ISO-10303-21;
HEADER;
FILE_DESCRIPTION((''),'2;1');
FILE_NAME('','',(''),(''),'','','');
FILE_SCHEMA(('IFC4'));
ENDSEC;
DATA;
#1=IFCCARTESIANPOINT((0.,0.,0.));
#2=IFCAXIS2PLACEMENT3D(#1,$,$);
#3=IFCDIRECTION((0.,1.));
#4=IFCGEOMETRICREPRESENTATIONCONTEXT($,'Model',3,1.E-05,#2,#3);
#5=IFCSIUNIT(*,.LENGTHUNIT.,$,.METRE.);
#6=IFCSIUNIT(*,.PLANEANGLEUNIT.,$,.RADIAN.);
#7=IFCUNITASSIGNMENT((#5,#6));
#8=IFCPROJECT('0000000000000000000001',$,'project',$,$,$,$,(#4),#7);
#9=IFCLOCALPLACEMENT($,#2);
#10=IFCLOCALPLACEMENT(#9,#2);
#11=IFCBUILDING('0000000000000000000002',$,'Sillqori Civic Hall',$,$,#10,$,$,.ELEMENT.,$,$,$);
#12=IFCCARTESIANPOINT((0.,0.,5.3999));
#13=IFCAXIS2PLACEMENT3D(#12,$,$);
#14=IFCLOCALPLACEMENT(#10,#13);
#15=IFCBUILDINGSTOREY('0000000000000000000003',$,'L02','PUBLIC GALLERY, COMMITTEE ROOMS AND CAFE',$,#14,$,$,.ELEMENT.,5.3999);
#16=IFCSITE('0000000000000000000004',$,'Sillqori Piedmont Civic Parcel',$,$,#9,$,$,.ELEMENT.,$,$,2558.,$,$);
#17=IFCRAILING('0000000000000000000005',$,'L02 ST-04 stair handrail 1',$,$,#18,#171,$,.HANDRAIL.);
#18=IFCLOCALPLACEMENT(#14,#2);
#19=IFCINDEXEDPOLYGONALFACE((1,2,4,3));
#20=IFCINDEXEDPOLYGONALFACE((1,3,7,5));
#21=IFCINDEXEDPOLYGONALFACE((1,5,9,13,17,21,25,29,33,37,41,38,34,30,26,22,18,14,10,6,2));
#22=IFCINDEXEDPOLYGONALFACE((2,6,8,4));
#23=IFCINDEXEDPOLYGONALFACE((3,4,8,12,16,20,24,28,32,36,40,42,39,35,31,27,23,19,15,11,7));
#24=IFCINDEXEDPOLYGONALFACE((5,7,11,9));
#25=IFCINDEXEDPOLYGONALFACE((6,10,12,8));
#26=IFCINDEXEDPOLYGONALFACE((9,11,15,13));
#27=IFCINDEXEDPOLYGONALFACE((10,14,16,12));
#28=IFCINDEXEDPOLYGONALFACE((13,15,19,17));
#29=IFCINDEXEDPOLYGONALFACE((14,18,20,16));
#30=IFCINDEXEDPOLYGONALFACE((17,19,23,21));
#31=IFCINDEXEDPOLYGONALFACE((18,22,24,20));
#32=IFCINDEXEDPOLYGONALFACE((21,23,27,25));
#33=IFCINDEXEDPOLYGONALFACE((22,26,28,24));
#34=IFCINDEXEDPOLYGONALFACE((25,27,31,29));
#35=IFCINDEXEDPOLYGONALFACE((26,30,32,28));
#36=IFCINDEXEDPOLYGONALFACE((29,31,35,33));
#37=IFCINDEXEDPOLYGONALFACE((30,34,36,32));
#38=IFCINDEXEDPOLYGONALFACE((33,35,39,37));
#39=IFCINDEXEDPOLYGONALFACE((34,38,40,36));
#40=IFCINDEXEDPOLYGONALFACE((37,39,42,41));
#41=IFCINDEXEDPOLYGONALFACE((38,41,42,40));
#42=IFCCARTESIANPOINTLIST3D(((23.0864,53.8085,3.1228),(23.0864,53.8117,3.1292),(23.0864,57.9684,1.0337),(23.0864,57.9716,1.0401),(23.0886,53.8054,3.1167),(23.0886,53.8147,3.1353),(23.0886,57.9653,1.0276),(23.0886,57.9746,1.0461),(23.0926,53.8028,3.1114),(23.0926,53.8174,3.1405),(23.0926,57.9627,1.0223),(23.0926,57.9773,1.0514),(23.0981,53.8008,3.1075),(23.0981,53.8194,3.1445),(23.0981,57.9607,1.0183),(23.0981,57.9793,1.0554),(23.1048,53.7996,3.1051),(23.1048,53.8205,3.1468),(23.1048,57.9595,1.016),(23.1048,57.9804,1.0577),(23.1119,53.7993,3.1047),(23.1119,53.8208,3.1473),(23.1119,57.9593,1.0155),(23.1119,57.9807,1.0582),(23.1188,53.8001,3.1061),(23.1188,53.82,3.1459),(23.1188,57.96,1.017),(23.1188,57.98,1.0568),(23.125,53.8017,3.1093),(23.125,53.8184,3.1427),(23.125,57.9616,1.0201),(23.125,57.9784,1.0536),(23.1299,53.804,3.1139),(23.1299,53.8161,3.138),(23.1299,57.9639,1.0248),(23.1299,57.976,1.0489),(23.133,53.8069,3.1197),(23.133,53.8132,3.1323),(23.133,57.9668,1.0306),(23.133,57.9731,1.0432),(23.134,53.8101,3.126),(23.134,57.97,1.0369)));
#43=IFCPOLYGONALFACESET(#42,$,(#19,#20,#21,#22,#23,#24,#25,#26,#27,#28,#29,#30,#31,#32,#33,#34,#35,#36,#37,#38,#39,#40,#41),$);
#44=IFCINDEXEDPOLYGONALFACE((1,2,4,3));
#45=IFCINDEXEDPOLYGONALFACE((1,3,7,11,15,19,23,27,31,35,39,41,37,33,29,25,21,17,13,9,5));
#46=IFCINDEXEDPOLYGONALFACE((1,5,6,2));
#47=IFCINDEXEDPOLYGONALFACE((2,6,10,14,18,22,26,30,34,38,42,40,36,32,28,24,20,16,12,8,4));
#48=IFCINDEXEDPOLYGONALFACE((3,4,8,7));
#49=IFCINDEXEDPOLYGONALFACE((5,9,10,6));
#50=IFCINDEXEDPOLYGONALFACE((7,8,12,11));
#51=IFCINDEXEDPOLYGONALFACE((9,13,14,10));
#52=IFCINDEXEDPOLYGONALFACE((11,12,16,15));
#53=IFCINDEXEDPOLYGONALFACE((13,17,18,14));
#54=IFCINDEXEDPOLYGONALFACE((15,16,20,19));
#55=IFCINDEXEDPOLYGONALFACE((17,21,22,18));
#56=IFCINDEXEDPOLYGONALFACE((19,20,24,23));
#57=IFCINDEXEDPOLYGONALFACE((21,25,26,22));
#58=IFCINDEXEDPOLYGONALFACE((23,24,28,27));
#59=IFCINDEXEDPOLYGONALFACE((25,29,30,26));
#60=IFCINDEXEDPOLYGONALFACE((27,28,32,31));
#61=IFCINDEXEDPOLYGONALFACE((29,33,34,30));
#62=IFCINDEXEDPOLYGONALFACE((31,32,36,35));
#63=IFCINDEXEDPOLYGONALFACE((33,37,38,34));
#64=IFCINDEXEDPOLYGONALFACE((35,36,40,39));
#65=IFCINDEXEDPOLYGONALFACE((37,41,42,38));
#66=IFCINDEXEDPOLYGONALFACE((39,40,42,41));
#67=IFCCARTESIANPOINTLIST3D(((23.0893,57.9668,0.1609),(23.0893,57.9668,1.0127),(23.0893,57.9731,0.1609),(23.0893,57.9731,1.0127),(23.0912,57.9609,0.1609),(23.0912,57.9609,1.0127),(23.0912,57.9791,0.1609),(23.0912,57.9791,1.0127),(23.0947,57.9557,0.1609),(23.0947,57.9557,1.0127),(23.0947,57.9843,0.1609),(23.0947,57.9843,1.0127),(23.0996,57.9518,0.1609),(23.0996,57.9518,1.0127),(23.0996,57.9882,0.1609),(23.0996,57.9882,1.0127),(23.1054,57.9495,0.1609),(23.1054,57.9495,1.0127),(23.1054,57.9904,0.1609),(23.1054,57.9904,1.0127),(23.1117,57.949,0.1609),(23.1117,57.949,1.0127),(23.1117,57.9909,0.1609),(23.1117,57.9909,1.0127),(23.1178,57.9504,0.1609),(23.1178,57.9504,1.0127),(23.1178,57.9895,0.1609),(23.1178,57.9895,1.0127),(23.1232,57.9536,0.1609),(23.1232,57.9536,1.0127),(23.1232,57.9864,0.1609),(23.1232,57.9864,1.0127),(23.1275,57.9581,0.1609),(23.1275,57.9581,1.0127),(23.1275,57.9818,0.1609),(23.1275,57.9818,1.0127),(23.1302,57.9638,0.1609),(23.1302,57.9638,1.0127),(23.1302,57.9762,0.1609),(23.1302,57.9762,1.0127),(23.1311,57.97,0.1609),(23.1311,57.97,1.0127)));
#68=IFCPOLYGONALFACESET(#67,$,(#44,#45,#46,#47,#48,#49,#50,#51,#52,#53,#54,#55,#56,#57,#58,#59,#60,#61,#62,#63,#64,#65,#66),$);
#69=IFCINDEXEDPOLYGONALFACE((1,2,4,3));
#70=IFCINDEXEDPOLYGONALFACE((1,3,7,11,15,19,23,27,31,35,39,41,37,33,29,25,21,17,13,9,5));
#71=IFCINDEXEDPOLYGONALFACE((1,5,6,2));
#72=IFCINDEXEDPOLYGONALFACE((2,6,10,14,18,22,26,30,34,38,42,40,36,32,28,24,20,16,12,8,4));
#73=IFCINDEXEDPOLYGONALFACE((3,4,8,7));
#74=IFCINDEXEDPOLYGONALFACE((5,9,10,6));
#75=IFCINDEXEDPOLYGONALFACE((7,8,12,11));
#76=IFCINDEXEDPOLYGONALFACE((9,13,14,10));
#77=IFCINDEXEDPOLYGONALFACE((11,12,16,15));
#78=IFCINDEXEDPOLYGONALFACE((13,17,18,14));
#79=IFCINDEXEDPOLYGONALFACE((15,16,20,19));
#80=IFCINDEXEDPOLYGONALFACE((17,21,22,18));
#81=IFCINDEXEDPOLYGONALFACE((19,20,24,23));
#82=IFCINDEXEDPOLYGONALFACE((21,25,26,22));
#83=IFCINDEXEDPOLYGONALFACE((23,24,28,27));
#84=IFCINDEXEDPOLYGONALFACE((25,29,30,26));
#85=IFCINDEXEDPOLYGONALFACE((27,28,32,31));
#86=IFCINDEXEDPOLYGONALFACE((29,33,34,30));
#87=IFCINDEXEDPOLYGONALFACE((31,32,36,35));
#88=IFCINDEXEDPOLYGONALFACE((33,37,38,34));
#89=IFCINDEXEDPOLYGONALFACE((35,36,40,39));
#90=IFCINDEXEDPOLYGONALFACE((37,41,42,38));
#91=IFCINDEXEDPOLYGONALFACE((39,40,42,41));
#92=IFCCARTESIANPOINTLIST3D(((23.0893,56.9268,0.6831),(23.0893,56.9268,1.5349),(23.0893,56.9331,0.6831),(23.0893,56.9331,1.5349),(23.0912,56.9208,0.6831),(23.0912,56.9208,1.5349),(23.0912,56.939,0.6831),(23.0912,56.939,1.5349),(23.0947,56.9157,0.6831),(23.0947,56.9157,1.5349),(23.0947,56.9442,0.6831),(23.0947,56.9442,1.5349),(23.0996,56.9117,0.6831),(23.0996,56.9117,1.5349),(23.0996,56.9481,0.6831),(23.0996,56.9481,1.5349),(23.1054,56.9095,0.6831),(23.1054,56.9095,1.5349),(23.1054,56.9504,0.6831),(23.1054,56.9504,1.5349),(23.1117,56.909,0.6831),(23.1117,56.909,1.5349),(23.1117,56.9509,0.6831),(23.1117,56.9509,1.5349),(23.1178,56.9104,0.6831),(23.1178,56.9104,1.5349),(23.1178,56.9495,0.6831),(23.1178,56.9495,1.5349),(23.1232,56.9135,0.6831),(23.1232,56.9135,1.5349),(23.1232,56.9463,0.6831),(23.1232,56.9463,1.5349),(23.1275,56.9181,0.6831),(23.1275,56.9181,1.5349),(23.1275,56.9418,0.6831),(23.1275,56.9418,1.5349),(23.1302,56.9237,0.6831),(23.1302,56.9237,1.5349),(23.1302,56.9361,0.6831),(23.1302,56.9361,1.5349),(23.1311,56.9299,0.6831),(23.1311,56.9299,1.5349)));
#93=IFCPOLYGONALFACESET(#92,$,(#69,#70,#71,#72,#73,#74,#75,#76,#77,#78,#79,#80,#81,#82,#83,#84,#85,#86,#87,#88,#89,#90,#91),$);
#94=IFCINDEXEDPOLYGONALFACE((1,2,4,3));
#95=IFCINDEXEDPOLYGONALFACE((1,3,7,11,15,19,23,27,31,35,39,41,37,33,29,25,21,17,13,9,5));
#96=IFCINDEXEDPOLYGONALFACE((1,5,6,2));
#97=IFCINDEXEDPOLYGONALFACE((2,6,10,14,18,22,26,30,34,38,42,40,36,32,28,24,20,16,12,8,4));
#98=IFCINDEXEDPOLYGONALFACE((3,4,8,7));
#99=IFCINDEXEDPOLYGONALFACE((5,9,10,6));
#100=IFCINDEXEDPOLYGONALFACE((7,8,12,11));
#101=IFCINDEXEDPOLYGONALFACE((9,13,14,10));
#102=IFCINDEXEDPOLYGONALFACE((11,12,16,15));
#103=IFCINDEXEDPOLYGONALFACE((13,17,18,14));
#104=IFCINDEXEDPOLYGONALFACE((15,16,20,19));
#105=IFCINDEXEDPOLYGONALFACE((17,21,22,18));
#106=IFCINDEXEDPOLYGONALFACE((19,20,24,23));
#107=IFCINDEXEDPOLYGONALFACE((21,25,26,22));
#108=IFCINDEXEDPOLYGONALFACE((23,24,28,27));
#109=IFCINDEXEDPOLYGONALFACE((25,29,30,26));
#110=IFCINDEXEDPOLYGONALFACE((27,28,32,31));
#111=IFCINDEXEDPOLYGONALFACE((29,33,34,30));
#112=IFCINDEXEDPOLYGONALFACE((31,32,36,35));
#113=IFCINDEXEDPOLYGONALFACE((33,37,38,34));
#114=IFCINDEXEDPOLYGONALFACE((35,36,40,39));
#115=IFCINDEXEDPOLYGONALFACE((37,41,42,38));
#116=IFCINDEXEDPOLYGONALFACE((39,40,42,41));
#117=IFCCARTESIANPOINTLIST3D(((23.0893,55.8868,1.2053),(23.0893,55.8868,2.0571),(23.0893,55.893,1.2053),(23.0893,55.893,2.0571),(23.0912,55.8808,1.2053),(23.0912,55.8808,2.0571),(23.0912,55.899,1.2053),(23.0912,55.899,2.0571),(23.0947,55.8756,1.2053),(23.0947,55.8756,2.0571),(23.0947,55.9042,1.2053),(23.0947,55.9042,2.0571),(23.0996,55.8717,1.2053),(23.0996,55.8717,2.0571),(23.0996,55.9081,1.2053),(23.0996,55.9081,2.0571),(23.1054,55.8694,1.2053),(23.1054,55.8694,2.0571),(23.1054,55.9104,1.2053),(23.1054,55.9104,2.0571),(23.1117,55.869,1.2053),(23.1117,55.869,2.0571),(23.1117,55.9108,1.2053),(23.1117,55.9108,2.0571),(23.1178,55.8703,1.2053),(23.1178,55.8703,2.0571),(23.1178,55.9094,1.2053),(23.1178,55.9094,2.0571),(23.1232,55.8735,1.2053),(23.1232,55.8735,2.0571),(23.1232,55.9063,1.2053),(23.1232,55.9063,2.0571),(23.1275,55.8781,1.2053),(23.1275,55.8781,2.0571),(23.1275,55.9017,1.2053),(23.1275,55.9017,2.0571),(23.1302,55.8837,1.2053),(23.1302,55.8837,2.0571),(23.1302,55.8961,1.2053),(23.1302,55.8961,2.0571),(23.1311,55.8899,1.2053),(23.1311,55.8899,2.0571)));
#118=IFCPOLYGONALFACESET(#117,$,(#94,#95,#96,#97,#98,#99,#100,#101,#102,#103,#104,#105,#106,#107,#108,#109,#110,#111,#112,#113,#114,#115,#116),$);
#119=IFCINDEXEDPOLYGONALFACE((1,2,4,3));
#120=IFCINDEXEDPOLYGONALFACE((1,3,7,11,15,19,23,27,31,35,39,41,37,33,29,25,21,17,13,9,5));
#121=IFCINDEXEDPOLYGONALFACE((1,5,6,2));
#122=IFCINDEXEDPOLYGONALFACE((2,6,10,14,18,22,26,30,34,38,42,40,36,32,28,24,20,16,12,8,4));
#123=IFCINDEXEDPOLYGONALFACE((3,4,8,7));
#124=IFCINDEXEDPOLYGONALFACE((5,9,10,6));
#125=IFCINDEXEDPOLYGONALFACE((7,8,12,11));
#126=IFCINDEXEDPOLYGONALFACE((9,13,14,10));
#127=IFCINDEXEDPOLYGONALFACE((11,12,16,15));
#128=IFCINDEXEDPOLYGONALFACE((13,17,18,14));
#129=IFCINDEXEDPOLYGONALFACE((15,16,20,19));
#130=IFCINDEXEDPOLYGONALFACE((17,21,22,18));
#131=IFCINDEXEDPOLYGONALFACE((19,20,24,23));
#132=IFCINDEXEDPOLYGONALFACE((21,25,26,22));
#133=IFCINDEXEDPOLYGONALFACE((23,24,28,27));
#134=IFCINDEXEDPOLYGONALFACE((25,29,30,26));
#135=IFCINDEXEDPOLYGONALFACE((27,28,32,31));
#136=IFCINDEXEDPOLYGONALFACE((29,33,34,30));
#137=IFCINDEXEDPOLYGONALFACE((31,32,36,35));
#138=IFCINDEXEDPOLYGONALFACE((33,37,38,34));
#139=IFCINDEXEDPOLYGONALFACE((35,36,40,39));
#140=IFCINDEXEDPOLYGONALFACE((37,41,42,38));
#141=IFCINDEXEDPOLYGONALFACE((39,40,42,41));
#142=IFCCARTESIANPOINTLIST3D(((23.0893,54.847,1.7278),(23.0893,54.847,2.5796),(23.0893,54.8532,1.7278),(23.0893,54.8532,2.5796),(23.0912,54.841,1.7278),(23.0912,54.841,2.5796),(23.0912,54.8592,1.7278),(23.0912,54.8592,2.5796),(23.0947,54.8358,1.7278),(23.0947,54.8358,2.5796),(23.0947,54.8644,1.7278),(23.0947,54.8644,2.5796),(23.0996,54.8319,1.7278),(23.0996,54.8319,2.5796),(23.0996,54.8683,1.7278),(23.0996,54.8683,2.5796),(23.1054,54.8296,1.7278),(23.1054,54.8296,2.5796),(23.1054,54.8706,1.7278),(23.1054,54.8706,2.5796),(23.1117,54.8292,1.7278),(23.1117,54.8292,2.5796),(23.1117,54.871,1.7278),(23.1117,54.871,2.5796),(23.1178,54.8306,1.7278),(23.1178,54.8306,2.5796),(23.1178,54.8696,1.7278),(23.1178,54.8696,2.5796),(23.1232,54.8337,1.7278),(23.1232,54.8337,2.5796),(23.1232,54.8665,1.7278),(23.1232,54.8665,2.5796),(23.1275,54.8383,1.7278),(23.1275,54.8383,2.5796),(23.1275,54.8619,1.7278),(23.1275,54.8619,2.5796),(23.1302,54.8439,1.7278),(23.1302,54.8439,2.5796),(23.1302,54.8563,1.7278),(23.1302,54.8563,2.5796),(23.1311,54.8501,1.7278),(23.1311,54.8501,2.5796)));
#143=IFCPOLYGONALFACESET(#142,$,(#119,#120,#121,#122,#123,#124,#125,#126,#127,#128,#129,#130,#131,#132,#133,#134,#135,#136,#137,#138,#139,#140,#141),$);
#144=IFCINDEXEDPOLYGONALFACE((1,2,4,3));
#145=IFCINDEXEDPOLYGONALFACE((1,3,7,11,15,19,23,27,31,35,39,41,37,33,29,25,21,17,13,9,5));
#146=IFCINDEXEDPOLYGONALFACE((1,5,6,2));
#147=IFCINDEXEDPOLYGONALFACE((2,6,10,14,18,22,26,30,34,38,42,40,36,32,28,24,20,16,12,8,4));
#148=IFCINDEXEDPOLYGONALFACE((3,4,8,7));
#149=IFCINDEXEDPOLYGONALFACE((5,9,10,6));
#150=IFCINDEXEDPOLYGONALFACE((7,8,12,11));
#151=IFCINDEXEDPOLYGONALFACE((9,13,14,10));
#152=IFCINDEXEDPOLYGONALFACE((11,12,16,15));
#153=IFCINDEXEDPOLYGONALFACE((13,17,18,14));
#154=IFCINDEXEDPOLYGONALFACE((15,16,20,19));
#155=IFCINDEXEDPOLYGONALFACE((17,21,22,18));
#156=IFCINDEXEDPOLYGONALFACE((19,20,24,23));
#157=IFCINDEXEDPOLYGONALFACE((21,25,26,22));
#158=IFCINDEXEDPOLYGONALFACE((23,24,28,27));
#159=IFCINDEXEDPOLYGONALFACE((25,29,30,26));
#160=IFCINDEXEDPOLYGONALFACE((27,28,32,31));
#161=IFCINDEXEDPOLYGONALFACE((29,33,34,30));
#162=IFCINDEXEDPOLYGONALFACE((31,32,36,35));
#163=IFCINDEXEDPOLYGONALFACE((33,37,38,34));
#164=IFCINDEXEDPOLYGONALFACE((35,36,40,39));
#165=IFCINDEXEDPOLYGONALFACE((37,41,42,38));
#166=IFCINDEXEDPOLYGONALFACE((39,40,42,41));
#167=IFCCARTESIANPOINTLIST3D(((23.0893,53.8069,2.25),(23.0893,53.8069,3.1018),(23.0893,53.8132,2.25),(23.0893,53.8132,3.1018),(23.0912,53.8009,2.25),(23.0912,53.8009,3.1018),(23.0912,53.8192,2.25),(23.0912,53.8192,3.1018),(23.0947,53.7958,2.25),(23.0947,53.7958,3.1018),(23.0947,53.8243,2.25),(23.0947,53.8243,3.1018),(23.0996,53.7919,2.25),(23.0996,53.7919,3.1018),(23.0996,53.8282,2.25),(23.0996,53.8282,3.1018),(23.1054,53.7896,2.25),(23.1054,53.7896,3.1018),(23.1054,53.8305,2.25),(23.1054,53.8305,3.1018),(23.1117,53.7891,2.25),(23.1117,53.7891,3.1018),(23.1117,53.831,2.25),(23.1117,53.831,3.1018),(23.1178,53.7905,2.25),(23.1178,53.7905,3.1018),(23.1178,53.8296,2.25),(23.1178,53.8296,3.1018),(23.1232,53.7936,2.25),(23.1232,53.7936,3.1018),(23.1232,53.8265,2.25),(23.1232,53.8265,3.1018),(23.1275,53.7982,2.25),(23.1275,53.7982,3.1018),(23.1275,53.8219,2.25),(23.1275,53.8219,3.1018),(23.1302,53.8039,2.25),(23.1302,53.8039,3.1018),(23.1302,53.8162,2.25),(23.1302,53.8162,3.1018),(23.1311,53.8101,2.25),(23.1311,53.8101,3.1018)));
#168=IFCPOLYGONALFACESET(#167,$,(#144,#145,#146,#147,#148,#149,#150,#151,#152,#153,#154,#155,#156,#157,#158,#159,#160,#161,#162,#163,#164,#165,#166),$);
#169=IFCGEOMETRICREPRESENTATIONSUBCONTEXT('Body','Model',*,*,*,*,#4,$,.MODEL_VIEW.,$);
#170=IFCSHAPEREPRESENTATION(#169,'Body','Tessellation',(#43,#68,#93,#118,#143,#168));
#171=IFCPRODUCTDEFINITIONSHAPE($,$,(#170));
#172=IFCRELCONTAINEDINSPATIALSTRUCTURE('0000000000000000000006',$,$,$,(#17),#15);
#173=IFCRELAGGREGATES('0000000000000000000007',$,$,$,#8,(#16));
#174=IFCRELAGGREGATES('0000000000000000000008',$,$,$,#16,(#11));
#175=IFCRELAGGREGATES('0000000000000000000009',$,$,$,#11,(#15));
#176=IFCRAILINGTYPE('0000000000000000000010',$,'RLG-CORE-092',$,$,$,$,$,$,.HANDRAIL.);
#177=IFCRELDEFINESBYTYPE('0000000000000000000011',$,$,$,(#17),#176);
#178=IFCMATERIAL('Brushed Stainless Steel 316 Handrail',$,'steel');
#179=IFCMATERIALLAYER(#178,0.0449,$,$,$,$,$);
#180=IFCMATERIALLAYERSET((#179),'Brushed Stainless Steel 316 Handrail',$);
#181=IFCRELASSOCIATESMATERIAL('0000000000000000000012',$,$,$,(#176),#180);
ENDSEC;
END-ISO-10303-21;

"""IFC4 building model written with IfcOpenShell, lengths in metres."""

from ifc_helpers import new_model, si_unit, direction, frame, origin, origin_2d, place, context, subcontext, project, spatial, circle, extrude, material, layer, layer_set, type_object, element, save


model = new_model("IFC4")

# Units and contexts
model_context = context("Model", 3, precision=1e-05, world=origin(), true_north=direction((0.0, 1.0)))
body_context = subcontext(model_context, "Body", "Model", "MODEL_VIEW")
ifc_project = project(units=[si_unit("LENGTHUNIT", "METRE"), si_unit("PLANEANGLEUNIT", "RADIAN")], contexts=[model_context])

# Site, building, storey
site_placement = place(None, origin())
site = spatial("IfcSite", under=ifc_project, at=site_placement, Name="Sillqori Piedmont Civic Parcel", CompositionType="ELEMENT", RefElevation=2558.0)
building_placement = place(site_placement, origin())
building = spatial("IfcBuilding", under=site, at=building_placement, Name="Sillqori Civic Hall", CompositionType="ELEMENT")
storey_placement = place(building_placement, frame((0.0, 0.0, 5.3999)))
storey = spatial("IfcBuildingStorey", under=building, at=storey_placement, Name="L02", Description="PUBLIC GALLERY, COMMITTEE ROOMS AND CAFE", CompositionType="ELEMENT", Elevation=5.3999)

# Railing
ifc_material_1 = material(Name="Brushed Stainless Steel 316 Handrail", Category="steel")
ifc_layer_1 = layer(ifc_material_1, 0.0449)
ifc_layer_set_1 = layer_set([ifc_layer_1], Name="Brushed Stainless Steel 316 Handrail")
railing_type_1 = type_object("IfcRailingType", Name="RLG-CORE-092", PredefinedType="HANDRAIL", material=ifc_layer_set_1)
railing_1_placement = place(storey_placement, frame((23.1101, 57.97, 0.1609)))
element("IfcRailing", 1, at=railing_1_placement, inside=storey, type_object=railing_type_1, Name="L02 ST-04 stair handrail 1", PredefinedType="HANDRAIL", context=body_context, shape_type="SweptSolid", body=[
    extrude(circle(Radius=0.0239, at=origin_2d()), frame((0.0, 0.0, 0.876), z_axis=(0.0, -0.893639, 0.448786), x_axis=(1.0, 0.0, 0.0)), (0.0, 0.0, 1.0), 4.655),
    extrude(circle(Radius=0.021, at=origin_2d()), origin(), (0.0, 0.0, 1.0), 0.8518),
    extrude(circle(Radius=0.021, at=origin_2d()), frame((0.0, -1.04, 0.5222)), (0.0, 0.0, 1.0), 0.8518),
    extrude(circle(Radius=0.021, at=origin_2d()), frame((0.0, -2.0801, 1.0444)), (0.0, 0.0, 1.0), 0.8518),
    extrude(circle(Radius=0.021, at=origin_2d()), frame((0.0, -3.1199, 1.5669)), (0.0, 0.0, 1.0), 0.8518),
    extrude(circle(Radius=0.021, at=origin_2d()), frame((0.0, -4.1599, 2.0891)), (0.0, 0.0, 1.0), 0.8518),
])

save(model, "model.ifc")
